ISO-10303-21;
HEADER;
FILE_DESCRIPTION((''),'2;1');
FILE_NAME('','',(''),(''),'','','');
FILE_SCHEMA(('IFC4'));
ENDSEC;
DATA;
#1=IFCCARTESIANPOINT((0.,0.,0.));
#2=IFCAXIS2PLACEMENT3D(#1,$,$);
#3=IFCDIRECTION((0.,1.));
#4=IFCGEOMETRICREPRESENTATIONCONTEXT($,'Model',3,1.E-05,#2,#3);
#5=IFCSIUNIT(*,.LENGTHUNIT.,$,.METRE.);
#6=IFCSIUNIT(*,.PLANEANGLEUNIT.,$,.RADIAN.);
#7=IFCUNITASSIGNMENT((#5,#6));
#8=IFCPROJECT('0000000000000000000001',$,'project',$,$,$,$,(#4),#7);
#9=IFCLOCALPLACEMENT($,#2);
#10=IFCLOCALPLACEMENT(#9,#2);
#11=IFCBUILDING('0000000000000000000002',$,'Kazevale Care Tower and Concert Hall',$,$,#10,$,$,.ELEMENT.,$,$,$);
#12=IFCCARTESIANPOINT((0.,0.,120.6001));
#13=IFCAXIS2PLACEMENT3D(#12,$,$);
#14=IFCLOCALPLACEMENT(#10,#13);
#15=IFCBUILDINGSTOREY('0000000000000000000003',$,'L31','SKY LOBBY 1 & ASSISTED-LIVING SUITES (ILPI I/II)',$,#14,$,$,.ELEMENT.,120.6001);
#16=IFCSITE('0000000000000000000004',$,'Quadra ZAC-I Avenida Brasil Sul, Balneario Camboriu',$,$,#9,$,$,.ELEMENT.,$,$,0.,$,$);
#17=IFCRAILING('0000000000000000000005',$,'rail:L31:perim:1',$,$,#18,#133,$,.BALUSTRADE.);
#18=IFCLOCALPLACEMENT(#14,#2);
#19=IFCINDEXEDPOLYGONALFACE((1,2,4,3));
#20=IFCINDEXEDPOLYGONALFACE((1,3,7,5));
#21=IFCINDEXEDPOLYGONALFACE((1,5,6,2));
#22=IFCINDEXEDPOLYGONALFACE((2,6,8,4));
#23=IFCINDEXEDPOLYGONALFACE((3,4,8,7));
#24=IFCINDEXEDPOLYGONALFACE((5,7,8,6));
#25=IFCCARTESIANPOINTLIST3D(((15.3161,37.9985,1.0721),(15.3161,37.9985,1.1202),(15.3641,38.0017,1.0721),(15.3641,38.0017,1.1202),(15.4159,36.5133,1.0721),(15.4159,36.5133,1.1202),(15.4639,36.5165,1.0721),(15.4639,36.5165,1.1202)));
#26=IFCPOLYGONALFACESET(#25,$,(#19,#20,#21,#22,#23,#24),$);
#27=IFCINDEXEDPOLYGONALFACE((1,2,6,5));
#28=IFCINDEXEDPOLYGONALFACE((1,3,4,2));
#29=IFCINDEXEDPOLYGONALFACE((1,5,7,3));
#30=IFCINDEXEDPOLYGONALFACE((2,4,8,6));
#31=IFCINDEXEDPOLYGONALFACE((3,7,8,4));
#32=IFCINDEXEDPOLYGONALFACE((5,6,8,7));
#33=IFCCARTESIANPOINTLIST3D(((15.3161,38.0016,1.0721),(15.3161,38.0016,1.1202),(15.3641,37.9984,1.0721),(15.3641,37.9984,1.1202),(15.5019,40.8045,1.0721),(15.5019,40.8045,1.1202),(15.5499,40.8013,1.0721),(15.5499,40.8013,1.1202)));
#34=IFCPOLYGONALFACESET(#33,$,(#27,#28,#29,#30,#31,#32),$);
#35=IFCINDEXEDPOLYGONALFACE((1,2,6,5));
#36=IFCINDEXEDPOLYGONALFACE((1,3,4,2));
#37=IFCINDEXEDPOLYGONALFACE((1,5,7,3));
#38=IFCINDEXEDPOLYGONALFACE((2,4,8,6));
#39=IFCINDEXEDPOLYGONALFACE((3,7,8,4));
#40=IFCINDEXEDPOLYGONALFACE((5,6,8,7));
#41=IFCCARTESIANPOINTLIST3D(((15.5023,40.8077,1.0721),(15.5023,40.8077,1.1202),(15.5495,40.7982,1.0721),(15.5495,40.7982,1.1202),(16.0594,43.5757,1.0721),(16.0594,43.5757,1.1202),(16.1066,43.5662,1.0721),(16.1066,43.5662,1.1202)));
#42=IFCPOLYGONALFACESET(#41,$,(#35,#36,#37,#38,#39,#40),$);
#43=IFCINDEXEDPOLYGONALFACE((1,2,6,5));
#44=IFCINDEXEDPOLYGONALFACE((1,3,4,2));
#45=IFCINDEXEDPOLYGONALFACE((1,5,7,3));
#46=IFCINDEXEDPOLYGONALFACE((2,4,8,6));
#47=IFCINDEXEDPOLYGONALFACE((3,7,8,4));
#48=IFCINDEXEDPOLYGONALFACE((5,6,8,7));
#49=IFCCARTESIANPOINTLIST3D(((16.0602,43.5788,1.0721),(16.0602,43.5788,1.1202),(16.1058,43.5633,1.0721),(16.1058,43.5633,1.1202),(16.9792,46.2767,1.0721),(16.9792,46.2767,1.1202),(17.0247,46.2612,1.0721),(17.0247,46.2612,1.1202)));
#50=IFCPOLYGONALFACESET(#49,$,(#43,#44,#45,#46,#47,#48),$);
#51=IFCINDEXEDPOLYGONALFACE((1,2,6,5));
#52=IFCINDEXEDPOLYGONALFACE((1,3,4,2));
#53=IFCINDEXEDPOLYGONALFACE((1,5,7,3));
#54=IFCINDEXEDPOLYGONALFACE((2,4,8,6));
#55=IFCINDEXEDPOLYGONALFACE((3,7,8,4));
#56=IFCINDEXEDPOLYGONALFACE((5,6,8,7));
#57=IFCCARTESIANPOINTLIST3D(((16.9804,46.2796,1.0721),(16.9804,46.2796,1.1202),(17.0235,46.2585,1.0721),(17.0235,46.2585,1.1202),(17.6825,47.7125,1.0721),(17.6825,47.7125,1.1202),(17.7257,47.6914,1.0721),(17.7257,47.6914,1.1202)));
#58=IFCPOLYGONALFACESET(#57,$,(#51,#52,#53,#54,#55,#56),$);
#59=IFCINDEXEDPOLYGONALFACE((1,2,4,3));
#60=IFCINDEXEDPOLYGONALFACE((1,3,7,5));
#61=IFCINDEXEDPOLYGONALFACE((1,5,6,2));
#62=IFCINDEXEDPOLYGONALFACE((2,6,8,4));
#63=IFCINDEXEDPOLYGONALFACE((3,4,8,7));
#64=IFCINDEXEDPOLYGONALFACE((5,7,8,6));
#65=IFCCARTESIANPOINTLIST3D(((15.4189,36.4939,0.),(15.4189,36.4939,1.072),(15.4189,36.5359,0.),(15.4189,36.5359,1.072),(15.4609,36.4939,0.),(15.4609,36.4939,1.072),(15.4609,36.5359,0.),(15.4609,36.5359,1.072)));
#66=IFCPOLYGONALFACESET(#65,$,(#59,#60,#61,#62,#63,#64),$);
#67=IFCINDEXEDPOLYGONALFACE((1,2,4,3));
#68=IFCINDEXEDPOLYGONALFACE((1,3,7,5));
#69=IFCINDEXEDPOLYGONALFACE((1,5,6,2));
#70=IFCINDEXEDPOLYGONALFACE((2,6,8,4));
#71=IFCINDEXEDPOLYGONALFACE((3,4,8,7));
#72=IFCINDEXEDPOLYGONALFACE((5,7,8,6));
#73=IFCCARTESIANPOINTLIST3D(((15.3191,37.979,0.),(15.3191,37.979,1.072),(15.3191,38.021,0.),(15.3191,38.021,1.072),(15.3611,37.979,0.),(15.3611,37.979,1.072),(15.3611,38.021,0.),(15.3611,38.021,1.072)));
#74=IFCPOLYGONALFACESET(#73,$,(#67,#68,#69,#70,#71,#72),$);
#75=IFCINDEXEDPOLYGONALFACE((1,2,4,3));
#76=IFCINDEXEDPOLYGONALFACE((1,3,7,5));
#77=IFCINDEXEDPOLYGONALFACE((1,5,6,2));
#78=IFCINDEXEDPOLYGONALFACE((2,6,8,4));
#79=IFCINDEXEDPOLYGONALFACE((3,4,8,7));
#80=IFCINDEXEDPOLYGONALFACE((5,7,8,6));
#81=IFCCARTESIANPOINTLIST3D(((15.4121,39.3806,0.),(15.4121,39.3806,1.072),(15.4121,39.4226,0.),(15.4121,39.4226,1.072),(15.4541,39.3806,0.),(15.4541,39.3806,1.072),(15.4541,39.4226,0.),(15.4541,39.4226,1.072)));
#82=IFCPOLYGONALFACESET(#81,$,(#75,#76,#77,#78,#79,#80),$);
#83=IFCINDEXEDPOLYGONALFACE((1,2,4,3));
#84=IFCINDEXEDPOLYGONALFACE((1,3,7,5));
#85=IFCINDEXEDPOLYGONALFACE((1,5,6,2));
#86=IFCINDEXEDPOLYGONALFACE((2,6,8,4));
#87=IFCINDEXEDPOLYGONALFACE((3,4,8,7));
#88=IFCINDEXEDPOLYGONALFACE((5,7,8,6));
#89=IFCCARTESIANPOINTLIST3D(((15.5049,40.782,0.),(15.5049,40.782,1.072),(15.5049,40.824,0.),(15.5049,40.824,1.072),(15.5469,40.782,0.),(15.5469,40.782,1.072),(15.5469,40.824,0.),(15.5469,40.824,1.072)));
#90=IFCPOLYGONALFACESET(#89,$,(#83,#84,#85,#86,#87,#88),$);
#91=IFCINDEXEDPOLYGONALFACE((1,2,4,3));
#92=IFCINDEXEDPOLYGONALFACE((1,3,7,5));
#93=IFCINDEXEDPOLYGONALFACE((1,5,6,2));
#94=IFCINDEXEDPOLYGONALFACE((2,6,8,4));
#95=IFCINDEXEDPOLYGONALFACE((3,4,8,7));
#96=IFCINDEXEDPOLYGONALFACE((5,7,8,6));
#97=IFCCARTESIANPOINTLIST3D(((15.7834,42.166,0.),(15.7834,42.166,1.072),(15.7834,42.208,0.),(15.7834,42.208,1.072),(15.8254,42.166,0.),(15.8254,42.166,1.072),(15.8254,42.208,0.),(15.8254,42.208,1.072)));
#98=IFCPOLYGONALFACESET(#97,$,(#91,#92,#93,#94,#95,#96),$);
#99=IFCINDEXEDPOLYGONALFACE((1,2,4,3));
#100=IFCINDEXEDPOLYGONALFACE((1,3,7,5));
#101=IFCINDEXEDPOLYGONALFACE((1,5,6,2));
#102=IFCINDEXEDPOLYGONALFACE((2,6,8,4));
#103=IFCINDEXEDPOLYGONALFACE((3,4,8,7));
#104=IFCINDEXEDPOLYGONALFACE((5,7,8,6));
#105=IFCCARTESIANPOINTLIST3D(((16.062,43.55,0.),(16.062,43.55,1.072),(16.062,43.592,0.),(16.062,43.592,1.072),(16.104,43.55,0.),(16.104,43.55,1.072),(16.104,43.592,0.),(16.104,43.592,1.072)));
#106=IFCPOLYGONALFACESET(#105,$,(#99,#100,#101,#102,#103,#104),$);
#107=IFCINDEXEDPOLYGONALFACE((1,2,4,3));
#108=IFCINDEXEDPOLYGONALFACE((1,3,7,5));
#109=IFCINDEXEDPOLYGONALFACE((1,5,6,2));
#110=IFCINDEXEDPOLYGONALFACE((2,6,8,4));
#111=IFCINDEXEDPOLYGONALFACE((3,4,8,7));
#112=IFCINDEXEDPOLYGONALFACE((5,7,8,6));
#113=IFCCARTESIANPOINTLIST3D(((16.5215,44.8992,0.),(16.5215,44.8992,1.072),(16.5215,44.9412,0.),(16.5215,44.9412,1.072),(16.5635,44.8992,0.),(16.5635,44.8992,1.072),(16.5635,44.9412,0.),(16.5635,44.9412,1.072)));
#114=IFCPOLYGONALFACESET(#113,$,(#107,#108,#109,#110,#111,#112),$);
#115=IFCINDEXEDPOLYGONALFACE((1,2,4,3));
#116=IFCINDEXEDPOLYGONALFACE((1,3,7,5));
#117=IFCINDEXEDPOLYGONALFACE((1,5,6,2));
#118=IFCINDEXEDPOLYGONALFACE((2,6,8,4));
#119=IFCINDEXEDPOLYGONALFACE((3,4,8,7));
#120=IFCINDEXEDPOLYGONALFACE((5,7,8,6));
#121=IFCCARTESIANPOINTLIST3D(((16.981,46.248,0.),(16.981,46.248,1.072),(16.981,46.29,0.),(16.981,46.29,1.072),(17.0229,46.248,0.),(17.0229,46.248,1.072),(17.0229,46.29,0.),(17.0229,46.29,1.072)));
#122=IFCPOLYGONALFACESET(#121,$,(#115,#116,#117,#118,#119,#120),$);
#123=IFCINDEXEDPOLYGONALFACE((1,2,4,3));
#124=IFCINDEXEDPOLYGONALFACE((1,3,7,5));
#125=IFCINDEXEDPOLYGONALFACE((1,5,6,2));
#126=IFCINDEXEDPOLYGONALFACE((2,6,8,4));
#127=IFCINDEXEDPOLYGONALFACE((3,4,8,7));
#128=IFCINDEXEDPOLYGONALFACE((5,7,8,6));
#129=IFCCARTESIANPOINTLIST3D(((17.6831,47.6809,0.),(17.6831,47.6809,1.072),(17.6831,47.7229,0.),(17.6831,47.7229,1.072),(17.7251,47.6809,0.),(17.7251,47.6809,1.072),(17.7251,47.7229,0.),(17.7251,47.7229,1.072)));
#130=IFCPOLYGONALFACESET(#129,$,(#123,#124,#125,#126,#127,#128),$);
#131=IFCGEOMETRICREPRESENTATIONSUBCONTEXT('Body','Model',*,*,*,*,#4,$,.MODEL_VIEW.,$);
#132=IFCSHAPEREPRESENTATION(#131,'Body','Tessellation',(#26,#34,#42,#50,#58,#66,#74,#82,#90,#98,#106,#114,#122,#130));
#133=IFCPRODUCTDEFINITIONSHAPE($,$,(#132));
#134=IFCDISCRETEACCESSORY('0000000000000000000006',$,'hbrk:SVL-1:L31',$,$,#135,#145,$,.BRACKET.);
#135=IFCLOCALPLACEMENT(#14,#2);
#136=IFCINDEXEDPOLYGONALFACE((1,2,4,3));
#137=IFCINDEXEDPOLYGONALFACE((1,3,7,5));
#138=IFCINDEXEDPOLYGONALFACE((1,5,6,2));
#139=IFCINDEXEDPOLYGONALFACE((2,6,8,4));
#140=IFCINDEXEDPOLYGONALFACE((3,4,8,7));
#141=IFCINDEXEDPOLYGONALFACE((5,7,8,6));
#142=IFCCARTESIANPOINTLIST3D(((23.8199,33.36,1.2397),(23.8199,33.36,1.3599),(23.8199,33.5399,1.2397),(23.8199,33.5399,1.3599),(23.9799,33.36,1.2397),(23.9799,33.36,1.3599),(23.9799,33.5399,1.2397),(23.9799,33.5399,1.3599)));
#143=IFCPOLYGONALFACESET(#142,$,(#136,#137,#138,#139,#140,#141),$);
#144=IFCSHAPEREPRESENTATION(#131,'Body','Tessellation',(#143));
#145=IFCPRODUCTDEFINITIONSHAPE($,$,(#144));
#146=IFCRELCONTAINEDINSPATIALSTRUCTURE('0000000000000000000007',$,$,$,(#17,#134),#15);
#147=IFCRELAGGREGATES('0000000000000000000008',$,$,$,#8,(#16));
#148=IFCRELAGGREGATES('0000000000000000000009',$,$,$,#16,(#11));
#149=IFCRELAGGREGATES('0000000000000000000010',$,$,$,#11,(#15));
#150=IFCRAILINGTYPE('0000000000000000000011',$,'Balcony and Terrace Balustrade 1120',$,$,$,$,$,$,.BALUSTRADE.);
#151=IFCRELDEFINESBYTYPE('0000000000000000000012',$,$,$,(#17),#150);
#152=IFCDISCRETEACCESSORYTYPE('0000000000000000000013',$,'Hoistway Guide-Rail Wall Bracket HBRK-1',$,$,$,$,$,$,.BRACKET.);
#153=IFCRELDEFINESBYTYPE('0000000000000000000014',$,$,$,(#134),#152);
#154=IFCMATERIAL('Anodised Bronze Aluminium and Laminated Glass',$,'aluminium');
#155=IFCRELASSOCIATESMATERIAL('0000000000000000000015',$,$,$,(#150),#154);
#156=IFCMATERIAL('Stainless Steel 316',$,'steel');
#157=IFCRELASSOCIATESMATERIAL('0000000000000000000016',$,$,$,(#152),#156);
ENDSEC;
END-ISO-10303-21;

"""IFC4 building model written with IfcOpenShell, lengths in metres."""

from ifc_helpers import new_model, si_unit, direction, frame, origin, origin_2d, place, context, subcontext, project, spatial, rectangle, extrude, material, type_object, element, save


model = new_model("IFC4")

# Units and contexts
model_context = context("Model", 3, precision=1e-05, world=origin(), true_north=direction((0.0, 1.0)))
body_context = subcontext(model_context, "Body", "Model", "MODEL_VIEW")
ifc_project = project(units=[si_unit("LENGTHUNIT", "METRE"), si_unit("PLANEANGLEUNIT", "RADIAN")], contexts=[model_context])

# Site, building, storey
site_placement = place(None, origin())
site = spatial("IfcSite", under=ifc_project, at=site_placement, Name="Quadra ZAC-I Avenida Brasil Sul, Balneario Camboriu", CompositionType="ELEMENT", RefElevation=0.0)
building_placement = place(site_placement, origin())
building = spatial("IfcBuilding", under=site, at=building_placement, Name="Kazevale Care Tower and Concert Hall", CompositionType="ELEMENT")
storey_placement = place(building_placement, frame((0.0, 0.0, 120.6001)))
storey = spatial("IfcBuildingStorey", under=building, at=storey_placement, Name="L31", Description="SKY LOBBY 1 & ASSISTED-LIVING SUITES (ILPI I/II)", CompositionType="ELEMENT", Elevation=120.6001)

# Shared definitions
ifc_material_1 = material(Name="Stainless Steel 316", Category="steel")

# Railing
ifc_material_2 = material(Name="Anodised Bronze Aluminium and Laminated Glass", Category="aluminium")
railing_type = type_object("IfcRailingType", Name="Balcony and Terrace Balustrade 1120", PredefinedType="BALUSTRADE", material=ifc_material_2)
railing_placement = place(storey_placement, frame((15.4399, 36.5149, 0.0)))
element("IfcRailing", 1, at=railing_placement, inside=storey, type_object=railing_type, Name="rail:L31:perim:1", PredefinedType="BALUSTRADE", context=body_context, shape_type="SweptSolid", body=[
    extrude(rectangle(XDim=0.0481, YDim=0.0481, at=origin_2d()), frame((0.0, 0.0, 1.0962), z_axis=(-0.067085, 0.997747, 0.0), x_axis=(-0.997747, -0.067085, 0.0)), (0.0, 0.0, 1.0), 1.4885),
    extrude(rectangle(XDim=0.0481, YDim=0.0481, at=origin_2d()), frame((-0.0999, 1.4851, 1.0962), z_axis=(0.066138, 0.99781, 0.0), x_axis=(-0.99781, 0.066138, 0.0)), (0.0, 0.0, 1.0), 2.8091),
    extrude(rectangle(XDim=0.0481, YDim=0.0481, at=origin_2d()), frame((0.0859, 4.2881, 1.0962), z_axis=(0.197313, 0.980341, 0.0), x_axis=(-0.980341, 0.197313, 0.0)), (0.0, 0.0, 1.0), 2.8235),
    extrude(rectangle(XDim=0.0481, YDim=0.0481, at=origin_2d()), frame((0.6431, 7.0562, 1.0962), z_axis=(0.322414, 0.946599, 0.0), x_axis=(-0.946599, 0.322414, 0.0)), (0.0, 0.0, 1.0), 2.8501),
    extrude(rectangle(XDim=0.0481, YDim=0.0481, at=origin_2d()), frame((1.562, 9.7542, 1.0962), z_axis=(0.440039, 0.897979, 0.0), x_axis=(-0.897979, 0.440039, 0.0)), (0.0, 0.0, 1.0), 1.5957),
    extrude(rectangle(XDim=0.042, YDim=0.042, at=origin_2d()), origin(), (0.0, 0.0, 1.0), 1.072),
    extrude(rectangle(XDim=0.042, YDim=0.042, at=origin_2d()), frame((-0.0999, 1.4851, 0.0)), (0.0, 0.0, 1.0), 1.072),
    extrude(rectangle(XDim=0.042, YDim=0.042, at=origin_2d()), frame((-0.0068, 2.8867, 0.0)), (0.0, 0.0, 1.0), 1.072),
    extrude(rectangle(XDim=0.042, YDim=0.042, at=origin_2d()), frame((0.0859, 4.2881, 0.0)), (0.0, 0.0, 1.0), 1.072),
    extrude(rectangle(XDim=0.042, YDim=0.042, at=origin_2d()), frame((0.3645, 5.6721, 0.0)), (0.0, 0.0, 1.0), 1.072),
    extrude(rectangle(XDim=0.042, YDim=0.042, at=origin_2d()), frame((0.6431, 7.0562, 0.0)), (0.0, 0.0, 1.0), 1.072),
    extrude(rectangle(XDim=0.042, YDim=0.042, at=origin_2d()), frame((1.1025, 8.4053, 0.0)), (0.0, 0.0, 1.0), 1.072),
    extrude(rectangle(XDim=0.042, YDim=0.042, at=origin_2d()), frame((1.562, 9.7542, 0.0)), (0.0, 0.0, 1.0), 1.072),
    extrude(rectangle(XDim=0.042, YDim=0.042, at=origin_2d()), frame((2.2642, 11.187, 0.0)), (0.0, 0.0, 1.0), 1.072),
])

# Discrete accessory
discrete_accessory_type = type_object("IfcDiscreteAccessoryType", Name="Hoistway Guide-Rail Wall Bracket HBRK-1", PredefinedType="BRACKET", material=ifc_material_1)
discrete_accessory_placement = place(storey_placement, frame((23.8999, 33.45, 1.2397), z_axis=(0.0, 0.0, 1.0), x_axis=(1.0, 0.0, 0.0)))
element("IfcDiscreteAccessory", 2, at=discrete_accessory_placement, inside=storey, type_object=discrete_accessory_type, Name="hbrk:SVL-1:L31", PredefinedType="BRACKET", context=body_context, shape_type="SweptSolid", body=[
    extrude(rectangle(XDim=0.1599, YDim=0.1799, at=origin_2d()), origin(), (0.0, 0.0, 1.0), 0.1201),
])

save(model, "model.ifc")
